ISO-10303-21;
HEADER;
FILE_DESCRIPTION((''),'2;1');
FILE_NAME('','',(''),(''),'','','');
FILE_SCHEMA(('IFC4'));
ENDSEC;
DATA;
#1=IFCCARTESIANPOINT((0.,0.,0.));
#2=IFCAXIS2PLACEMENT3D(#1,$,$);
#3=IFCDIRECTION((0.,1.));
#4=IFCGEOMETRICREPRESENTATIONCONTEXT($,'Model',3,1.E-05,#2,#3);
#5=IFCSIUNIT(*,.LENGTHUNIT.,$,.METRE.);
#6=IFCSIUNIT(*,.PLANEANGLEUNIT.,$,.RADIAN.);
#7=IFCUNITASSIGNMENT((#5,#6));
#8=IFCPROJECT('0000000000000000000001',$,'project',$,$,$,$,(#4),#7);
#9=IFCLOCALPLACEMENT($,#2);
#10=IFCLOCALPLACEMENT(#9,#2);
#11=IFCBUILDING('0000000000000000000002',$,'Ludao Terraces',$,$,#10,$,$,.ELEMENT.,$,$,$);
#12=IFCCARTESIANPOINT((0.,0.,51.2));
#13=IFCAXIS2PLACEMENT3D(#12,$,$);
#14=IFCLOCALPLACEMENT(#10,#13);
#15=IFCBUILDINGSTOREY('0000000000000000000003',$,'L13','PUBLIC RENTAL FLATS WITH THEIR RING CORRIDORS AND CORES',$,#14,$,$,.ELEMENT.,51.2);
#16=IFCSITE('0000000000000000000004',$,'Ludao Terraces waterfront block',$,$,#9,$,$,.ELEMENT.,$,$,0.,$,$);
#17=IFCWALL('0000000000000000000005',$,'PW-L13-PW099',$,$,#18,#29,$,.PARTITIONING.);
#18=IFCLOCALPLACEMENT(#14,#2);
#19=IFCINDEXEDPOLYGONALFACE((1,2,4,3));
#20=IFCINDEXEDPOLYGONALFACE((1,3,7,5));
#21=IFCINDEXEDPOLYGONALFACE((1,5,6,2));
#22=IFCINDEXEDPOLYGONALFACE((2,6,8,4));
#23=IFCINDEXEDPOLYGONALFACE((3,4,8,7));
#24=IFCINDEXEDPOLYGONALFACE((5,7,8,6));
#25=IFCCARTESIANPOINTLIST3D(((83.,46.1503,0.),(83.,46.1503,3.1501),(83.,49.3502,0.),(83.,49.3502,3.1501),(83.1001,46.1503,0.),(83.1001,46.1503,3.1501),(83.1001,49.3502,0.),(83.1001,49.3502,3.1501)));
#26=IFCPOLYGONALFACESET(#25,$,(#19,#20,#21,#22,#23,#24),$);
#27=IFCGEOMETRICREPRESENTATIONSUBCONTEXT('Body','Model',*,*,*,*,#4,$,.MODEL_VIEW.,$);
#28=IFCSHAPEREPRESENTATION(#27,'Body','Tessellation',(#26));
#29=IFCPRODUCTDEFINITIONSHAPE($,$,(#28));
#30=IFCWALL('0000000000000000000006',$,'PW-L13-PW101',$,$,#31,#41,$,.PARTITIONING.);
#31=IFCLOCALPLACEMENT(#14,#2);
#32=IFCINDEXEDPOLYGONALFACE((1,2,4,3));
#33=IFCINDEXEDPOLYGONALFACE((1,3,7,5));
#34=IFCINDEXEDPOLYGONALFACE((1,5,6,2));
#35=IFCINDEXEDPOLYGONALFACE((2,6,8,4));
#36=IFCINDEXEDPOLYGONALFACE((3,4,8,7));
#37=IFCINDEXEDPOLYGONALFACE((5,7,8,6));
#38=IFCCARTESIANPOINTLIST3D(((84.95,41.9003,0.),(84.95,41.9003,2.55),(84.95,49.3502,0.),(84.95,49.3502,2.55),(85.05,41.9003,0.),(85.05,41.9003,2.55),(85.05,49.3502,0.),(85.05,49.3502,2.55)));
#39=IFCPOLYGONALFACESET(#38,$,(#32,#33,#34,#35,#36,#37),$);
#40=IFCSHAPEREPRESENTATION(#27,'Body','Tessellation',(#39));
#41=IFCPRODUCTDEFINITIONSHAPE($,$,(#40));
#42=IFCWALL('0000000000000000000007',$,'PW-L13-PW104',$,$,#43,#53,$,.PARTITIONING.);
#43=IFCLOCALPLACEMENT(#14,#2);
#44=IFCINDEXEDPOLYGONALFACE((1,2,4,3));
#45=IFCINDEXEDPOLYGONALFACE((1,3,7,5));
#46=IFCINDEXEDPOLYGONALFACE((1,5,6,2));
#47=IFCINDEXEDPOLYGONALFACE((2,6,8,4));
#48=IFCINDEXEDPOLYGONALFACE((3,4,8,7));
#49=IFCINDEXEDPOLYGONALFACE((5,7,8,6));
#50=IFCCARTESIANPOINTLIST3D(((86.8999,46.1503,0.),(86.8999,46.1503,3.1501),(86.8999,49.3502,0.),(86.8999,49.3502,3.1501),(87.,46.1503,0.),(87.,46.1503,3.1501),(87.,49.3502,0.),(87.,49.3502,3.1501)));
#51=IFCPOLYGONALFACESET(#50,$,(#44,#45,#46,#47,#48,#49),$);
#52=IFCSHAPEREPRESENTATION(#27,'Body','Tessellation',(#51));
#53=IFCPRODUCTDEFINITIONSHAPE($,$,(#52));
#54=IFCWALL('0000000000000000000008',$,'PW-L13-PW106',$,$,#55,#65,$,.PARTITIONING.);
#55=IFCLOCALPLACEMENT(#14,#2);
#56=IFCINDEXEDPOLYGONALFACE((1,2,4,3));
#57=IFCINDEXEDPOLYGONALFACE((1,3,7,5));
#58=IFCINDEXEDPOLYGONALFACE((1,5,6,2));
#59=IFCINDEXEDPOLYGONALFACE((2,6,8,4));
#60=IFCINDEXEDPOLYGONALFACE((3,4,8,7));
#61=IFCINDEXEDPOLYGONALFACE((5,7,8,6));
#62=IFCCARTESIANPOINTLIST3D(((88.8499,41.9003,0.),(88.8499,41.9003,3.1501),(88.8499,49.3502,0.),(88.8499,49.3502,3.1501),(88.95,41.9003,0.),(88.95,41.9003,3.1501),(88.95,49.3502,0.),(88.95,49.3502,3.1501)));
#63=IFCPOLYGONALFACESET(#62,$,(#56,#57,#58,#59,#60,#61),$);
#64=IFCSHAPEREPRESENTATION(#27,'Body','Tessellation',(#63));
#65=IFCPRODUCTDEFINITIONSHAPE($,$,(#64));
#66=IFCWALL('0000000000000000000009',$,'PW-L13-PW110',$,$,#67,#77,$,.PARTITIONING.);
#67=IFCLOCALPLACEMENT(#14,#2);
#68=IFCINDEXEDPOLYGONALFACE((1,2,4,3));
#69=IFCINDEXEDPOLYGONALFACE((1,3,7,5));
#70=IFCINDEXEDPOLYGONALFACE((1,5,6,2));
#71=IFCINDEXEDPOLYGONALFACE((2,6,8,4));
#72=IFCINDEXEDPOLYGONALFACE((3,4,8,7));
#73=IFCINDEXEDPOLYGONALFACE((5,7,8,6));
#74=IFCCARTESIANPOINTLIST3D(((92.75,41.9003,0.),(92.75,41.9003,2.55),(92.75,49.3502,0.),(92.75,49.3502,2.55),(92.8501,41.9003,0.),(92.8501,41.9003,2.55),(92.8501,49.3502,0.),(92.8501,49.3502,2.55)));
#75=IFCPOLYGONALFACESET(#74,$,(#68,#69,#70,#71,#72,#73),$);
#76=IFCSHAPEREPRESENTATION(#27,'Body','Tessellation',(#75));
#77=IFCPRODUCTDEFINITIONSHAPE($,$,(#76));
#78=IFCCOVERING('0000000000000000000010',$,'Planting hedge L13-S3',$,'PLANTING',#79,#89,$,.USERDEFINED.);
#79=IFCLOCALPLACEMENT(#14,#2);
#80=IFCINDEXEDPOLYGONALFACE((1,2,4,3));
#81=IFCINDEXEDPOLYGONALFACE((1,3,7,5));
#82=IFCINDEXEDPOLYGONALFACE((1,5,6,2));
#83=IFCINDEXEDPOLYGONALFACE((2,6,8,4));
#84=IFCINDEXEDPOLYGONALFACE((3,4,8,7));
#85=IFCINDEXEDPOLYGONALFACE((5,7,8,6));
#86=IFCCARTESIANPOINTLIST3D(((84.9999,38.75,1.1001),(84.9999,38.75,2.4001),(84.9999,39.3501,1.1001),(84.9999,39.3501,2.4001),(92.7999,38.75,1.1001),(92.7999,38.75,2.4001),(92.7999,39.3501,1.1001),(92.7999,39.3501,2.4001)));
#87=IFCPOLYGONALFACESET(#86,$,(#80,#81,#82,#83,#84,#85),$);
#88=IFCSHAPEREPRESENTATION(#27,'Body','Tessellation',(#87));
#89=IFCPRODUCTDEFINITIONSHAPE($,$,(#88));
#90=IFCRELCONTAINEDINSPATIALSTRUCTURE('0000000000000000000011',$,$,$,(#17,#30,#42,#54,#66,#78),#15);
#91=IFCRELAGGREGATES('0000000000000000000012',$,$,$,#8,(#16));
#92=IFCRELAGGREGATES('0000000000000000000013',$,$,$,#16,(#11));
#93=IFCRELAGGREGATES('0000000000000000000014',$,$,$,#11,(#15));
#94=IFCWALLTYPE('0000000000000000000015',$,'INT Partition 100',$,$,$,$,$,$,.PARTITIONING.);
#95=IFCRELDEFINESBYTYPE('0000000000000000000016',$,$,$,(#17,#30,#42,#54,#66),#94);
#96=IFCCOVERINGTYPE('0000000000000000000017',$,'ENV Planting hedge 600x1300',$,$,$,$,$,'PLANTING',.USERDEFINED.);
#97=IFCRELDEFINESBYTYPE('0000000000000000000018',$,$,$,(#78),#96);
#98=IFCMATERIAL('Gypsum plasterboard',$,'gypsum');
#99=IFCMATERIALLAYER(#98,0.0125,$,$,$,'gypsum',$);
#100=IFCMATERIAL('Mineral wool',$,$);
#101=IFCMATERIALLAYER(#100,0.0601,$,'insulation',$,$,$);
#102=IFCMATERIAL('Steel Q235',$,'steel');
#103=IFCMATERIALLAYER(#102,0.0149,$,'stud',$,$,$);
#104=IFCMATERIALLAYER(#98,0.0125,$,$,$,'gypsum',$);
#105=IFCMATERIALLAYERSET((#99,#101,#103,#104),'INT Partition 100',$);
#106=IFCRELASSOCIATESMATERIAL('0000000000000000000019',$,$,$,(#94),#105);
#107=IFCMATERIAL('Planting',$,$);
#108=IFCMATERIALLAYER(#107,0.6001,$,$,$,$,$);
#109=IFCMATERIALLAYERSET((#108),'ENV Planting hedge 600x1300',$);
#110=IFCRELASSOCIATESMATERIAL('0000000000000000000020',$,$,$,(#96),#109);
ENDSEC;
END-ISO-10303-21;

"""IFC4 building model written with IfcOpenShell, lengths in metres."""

from ifc_helpers import new_model, si_unit, direction, frame, frame_2d, origin, origin_2d, place, context, subcontext, project, spatial, rectangle, extrude, material, layer, layer_set, type_object, element, save


model = new_model("IFC4")

# Units and contexts
model_context = context("Model", 3, precision=1e-05, world=origin(), true_north=direction((0.0, 1.0)))
body_context = subcontext(model_context, "Body", "Model", "MODEL_VIEW")
ifc_project = project(units=[si_unit("LENGTHUNIT", "METRE"), si_unit("PLANEANGLEUNIT", "RADIAN")], contexts=[model_context])

# Site, building, storey
site_placement = place(None, origin())
site = spatial("IfcSite", under=ifc_project, at=site_placement, Name="Ludao Terraces waterfront block", CompositionType="ELEMENT", RefElevation=0.0)
building_placement = place(site_placement, origin())
building = spatial("IfcBuilding", under=site, at=building_placement, Name="Ludao Terraces", CompositionType="ELEMENT")
storey_placement = place(building_placement, frame((0.0, 0.0, 51.2)))
storey = spatial("IfcBuildingStorey", under=building, at=storey_placement, Name="L13", Description="PUBLIC RENTAL FLATS WITH THEIR RING CORRIDORS AND CORES", CompositionType="ELEMENT", Elevation=51.2)

# Shared definitions
ifc_material_1 = material(Name="Mineral wool")

# Shared definitions
ifc_material_2 = material(Name="Gypsum plasterboard", Category="gypsum")
ifc_layer_1 = layer(ifc_material_2, 0.0125, Category="gypsum")
ifc_layer_2 = layer(ifc_material_1, 0.0601, Name="insulation")
ifc_material_3 = material(Name="Steel Q235", Category="steel")
ifc_layer_3 = layer(ifc_material_3, 0.0149, Name="stud")
ifc_layer_4 = layer(ifc_material_2, 0.0125, Category="gypsum")
ifc_layer_set_1 = layer_set([ifc_layer_1, ifc_layer_2, ifc_layer_3, ifc_layer_4], Name="INT Partition 100")
wall_type_1 = type_object("IfcWallType", Name="INT Partition 100", PredefinedType="PARTITIONING", material=ifc_layer_set_1)

# Walls
wall_1_placement = place(storey_placement, frame((83.05, 46.1501, 0.0), z_axis=(0.0, 0.0, 1.0), x_axis=(0.0, 1.0, 0.0)))
element("IfcWall", 1, at=wall_1_placement, inside=storey, type_object=wall_type_1, Name="PW-L13-PW099", PredefinedType="PARTITIONING", context=body_context, shape_type="SweptSolid", body=[
    extrude(rectangle(XDim=3.2, YDim=0.1001, at=frame_2d((1.6001, 0.0))), origin(), (0.0, 0.0, 1.0), 3.1501),
])
wall_2_placement = place(storey_placement, frame((85.0, 41.9001, 0.0), z_axis=(0.0, 0.0, 1.0), x_axis=(0.0, 1.0, 0.0)))
element("IfcWall", 2, at=wall_2_placement, inside=storey, type_object=wall_type_1, Name="PW-L13-PW101", PredefinedType="PARTITIONING", context=body_context, shape_type="SweptSolid", body=[
    extrude(rectangle(XDim=7.45, YDim=0.1001, at=frame_2d((3.7251, 0.0))), origin(), (0.0, 0.0, 1.0), 2.55),
])
wall_3_placement = place(storey_placement, frame((86.95, 46.1501, 0.0), z_axis=(0.0, 0.0, 1.0), x_axis=(0.0, 1.0, 0.0)))
element("IfcWall", 3, at=wall_3_placement, inside=storey, type_object=wall_type_1, Name="PW-L13-PW104", PredefinedType="PARTITIONING", context=body_context, shape_type="SweptSolid", body=[
    extrude(rectangle(XDim=3.2, YDim=0.1001, at=frame_2d((1.6001, 0.0))), origin(), (0.0, 0.0, 1.0), 3.1501),
])
wall_4_placement = place(storey_placement, frame((88.8999, 41.9001, 0.0), z_axis=(0.0, 0.0, 1.0), x_axis=(0.0, 1.0, 0.0)))
element("IfcWall", 4, at=wall_4_placement, inside=storey, type_object=wall_type_1, Name="PW-L13-PW106", PredefinedType="PARTITIONING", context=body_context, shape_type="SweptSolid", body=[
    extrude(rectangle(XDim=7.45, YDim=0.1001, at=frame_2d((3.7251, 0.0))), origin(), (0.0, 0.0, 1.0), 3.1501),
])
wall_5_placement = place(storey_placement, frame((92.8, 41.9001, 0.0), z_axis=(0.0, 0.0, 1.0), x_axis=(0.0, 1.0, 0.0)))
element("IfcWall", 5, at=wall_5_placement, inside=storey, type_object=wall_type_1, Name="PW-L13-PW110", PredefinedType="PARTITIONING", context=body_context, shape_type="SweptSolid", body=[
    extrude(rectangle(XDim=7.45, YDim=0.1001, at=frame_2d((3.7251, 0.0))), origin(), (0.0, 0.0, 1.0), 2.55),
])

# Covering
ifc_material_4 = material(Name="Planting")
ifc_layer_5 = layer(ifc_material_4, 0.6001)
ifc_layer_set_2 = layer_set([ifc_layer_5], Name="ENV Planting hedge 600x1300")
covering_type = type_object("IfcCoveringType", Name="ENV Planting hedge 600x1300", ElementType="PLANTING", PredefinedType="USERDEFINED", material=ifc_layer_set_2)
covering_placement = place(storey_placement, frame((88.8999, 39.05, 1.1001), z_axis=(0.0, 0.0, 1.0), x_axis=(1.0, 0.0, 0.0)))
element("IfcCovering", 6, at=covering_placement, inside=storey, type_object=covering_type, Name="Planting hedge L13-S3", ObjectType="PLANTING", PredefinedType="USERDEFINED", context=body_context, shape_type="SweptSolid", body=[
    extrude(rectangle(XDim=7.8, YDim=0.6001, at=origin_2d()), origin(), (0.0, 0.0, 1.0), 1.3),
])

save(model, "model.ifc")
